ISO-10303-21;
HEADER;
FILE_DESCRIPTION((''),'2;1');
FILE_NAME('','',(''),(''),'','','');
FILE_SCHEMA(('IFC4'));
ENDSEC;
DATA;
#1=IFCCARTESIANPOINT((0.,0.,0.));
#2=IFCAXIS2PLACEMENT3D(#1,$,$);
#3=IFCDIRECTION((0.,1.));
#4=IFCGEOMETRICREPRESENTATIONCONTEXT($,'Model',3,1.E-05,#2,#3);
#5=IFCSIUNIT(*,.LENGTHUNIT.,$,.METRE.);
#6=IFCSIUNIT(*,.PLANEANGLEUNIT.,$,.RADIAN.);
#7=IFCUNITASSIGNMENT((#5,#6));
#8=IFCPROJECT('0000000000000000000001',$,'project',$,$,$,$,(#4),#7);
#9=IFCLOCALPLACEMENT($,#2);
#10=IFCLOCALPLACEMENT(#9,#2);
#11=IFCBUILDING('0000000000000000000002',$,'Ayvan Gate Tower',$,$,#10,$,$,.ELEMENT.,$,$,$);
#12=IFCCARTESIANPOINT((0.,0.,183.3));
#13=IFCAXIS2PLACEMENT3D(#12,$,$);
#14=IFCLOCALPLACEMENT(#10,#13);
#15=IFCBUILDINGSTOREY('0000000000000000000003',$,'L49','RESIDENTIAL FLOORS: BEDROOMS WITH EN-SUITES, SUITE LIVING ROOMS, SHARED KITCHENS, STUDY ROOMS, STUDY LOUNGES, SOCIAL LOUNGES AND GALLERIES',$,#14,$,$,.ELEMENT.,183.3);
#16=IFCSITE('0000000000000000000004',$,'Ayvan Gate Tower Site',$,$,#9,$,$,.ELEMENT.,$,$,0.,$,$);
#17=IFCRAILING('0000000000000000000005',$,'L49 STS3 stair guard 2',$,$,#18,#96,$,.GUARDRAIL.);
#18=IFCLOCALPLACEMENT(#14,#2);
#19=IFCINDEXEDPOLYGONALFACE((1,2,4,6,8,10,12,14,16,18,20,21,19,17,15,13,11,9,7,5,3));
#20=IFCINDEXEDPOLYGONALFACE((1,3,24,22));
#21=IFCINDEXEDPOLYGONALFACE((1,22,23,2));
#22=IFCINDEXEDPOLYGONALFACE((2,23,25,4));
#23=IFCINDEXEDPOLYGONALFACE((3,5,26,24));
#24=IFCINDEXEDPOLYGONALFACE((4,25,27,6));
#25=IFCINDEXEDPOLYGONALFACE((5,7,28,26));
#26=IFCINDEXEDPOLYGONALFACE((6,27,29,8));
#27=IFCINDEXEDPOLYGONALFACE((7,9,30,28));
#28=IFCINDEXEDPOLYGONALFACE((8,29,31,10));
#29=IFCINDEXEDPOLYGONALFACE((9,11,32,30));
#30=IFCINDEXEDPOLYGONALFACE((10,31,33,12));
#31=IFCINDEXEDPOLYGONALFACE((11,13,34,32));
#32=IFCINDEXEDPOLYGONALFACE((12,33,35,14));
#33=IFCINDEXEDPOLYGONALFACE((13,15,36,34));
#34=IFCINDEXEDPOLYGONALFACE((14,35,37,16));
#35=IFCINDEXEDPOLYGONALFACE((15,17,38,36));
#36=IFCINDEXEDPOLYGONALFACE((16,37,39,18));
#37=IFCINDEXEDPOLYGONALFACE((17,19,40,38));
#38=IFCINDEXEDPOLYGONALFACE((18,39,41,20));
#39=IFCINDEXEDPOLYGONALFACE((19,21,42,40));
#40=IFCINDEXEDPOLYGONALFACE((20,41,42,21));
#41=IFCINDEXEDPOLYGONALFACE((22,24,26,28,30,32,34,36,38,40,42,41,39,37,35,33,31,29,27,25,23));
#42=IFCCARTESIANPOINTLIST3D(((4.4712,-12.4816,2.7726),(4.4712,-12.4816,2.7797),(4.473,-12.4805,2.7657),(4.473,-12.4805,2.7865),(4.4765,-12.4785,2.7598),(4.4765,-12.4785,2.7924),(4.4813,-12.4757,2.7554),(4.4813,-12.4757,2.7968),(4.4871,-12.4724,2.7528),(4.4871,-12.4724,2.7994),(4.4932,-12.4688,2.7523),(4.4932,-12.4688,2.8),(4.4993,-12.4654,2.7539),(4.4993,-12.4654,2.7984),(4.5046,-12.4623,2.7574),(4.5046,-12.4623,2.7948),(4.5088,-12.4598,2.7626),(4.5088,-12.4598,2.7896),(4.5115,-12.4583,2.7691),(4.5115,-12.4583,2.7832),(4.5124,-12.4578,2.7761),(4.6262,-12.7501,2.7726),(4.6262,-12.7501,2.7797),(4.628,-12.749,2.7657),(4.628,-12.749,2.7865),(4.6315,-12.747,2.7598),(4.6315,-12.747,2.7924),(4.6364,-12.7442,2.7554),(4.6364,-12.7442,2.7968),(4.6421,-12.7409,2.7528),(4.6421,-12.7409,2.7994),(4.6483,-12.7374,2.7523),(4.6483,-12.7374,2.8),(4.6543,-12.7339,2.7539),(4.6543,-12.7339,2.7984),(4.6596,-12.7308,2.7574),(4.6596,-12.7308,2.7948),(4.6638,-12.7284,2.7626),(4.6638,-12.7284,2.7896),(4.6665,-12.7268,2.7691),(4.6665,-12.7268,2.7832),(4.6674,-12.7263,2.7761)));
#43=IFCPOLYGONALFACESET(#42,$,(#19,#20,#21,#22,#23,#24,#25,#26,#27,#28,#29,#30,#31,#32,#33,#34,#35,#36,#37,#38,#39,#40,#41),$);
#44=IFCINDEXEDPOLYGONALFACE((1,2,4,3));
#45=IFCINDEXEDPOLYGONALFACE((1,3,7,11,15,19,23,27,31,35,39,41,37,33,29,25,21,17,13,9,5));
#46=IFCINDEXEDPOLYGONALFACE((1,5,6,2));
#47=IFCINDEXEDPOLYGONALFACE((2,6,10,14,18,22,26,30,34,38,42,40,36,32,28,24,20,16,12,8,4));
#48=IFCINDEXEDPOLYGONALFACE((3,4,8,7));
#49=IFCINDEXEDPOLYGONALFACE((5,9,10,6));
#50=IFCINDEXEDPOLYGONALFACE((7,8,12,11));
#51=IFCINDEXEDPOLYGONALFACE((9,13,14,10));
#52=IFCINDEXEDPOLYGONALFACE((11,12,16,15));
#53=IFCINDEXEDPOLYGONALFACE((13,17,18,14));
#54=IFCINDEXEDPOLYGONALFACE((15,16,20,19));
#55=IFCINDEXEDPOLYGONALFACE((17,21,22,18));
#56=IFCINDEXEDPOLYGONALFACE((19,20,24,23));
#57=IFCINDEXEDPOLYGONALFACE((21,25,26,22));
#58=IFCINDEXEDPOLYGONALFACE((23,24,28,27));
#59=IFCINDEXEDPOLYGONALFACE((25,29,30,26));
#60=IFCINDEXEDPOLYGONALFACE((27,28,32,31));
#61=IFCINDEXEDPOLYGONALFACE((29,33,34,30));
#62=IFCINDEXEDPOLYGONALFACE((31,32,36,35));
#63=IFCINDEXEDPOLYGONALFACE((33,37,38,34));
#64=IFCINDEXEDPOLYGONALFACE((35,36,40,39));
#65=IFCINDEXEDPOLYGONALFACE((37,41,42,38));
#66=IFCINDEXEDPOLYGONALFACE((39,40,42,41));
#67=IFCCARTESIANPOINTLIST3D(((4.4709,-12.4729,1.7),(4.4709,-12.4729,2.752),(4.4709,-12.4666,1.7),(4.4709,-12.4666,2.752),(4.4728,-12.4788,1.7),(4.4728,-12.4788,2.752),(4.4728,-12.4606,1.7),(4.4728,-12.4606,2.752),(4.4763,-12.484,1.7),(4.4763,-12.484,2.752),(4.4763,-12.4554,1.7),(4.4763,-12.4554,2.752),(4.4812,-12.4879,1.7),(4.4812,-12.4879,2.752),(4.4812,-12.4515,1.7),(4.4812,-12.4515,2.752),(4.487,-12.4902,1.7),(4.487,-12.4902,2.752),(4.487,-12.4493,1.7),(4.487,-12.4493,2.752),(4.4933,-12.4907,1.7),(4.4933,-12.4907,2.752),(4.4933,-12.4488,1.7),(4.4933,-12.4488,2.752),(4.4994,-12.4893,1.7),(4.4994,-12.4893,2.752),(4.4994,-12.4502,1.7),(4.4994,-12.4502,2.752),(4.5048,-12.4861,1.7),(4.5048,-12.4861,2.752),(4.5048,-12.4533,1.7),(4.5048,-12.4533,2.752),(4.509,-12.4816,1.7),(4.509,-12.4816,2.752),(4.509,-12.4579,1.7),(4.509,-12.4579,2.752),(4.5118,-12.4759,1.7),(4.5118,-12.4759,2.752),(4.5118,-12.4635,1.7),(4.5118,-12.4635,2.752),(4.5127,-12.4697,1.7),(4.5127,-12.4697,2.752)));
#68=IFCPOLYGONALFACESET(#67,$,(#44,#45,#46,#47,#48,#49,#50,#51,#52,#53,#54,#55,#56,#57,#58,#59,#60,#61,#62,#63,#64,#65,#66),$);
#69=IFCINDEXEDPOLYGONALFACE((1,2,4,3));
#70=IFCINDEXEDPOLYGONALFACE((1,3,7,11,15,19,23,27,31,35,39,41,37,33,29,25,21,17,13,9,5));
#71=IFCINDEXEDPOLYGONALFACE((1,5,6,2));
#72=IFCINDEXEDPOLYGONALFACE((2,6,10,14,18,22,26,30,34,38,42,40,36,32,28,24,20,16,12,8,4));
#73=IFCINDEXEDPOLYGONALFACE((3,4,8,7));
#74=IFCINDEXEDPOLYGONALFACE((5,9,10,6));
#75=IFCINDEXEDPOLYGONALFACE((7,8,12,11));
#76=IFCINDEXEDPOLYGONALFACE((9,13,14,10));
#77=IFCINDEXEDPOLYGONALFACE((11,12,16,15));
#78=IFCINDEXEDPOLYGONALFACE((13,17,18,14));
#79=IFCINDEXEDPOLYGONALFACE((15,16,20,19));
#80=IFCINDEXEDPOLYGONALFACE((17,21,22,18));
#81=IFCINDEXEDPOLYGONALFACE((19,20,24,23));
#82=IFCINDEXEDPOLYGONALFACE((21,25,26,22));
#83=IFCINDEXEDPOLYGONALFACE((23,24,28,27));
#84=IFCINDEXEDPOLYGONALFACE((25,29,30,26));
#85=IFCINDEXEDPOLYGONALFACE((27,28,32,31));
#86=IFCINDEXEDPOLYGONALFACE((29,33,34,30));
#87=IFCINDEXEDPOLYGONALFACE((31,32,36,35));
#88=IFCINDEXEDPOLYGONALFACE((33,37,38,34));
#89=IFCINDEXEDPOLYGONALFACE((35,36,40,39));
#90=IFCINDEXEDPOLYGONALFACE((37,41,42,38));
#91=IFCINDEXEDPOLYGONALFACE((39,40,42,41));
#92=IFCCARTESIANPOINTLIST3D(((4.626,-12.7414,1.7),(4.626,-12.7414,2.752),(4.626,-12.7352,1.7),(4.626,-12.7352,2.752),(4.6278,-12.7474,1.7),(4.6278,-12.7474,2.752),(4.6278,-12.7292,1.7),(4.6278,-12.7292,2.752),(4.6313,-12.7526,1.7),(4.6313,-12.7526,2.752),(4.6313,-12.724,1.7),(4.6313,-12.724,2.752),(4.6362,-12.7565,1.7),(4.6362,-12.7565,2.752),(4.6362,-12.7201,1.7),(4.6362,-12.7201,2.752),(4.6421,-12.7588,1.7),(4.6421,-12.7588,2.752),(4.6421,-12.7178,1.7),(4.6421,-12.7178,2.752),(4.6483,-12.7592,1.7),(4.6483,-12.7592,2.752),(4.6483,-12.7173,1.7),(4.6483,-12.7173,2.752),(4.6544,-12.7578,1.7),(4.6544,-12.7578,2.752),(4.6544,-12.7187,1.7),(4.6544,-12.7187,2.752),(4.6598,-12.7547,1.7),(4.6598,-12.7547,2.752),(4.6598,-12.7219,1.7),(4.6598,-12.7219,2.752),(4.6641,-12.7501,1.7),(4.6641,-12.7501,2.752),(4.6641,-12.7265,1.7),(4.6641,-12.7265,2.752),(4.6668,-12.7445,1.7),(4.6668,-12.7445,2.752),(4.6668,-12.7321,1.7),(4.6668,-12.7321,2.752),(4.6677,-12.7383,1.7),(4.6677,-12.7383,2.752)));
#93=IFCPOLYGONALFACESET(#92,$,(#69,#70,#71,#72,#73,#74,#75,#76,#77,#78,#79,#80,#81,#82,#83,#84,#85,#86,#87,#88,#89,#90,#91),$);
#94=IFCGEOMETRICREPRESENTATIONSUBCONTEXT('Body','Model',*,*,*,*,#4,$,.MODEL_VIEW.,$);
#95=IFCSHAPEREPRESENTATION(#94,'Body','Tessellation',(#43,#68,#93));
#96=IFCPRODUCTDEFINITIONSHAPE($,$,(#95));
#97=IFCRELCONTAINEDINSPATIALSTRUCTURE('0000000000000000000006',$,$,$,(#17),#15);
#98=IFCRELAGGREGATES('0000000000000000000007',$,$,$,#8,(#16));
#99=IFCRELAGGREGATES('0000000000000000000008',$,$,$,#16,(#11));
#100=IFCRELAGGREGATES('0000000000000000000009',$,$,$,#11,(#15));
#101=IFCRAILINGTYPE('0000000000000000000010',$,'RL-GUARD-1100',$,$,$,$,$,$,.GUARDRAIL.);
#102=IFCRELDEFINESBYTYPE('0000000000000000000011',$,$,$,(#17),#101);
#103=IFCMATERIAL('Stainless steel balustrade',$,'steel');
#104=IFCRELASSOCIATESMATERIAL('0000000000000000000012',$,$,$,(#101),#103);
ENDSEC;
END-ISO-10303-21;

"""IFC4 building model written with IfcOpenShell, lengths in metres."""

from ifc_helpers import new_model, si_unit, direction, frame, origin, origin_2d, place, context, subcontext, project, spatial, circle, extrude, material, type_object, element, save


model = new_model("IFC4")

# Units and contexts
model_context = context("Model", 3, precision=1e-05, world=origin(), true_north=direction((0.0, 1.0)))
body_context = subcontext(model_context, "Body", "Model", "MODEL_VIEW")
ifc_project = project(units=[si_unit("LENGTHUNIT", "METRE"), si_unit("PLANEANGLEUNIT", "RADIAN")], contexts=[model_context])

# Site, building, storey
site_placement = place(None, origin())
site = spatial("IfcSite", under=ifc_project, at=site_placement, Name="Ayvan Gate Tower Site", CompositionType="ELEMENT", RefElevation=0.0)
building_placement = place(site_placement, origin())
building = spatial("IfcBuilding", under=site, at=building_placement, Name="Ayvan Gate Tower", CompositionType="ELEMENT")
storey_placement = place(building_placement, frame((0.0, 0.0, 183.3)))
storey = spatial("IfcBuildingStorey", under=building, at=storey_placement, Name="L49", Description="RESIDENTIAL FLOORS: BEDROOMS WITH EN-SUITES, SUITE LIVING ROOMS, SHARED KITCHENS, STUDY ROOMS, STUDY LOUNGES, SOCIAL LOUNGES AND GALLERIES", CompositionType="ELEMENT", Elevation=183.3)

# Railing
ifc_material_1 = material(Name="Stainless steel balustrade", Category="steel")
railing_type_1 = type_object("IfcRailingType", Name="RL-GUARD-1100", PredefinedType="GUARDRAIL", material=ifc_material_1)
railing_1_placement = place(storey_placement, frame((4.4917, -12.4697, 1.7)))
element("IfcRailing", 1, at=railing_1_placement, inside=storey, type_object=railing_type_1, Name="L49 STS3 stair guard 2", PredefinedType="GUARDRAIL", context=body_context, shape_type="SweptSolid", body=[
    extrude(circle(Radius=0.0239, at=origin_2d()), frame((0.0, 0.0, 1.0762), z_axis=(0.49995, -0.866054, 0.0), x_axis=(0.866054, 0.49995, 0.0)), (0.0, 0.0, 1.0), 0.3101),
    extrude(circle(Radius=0.021, at=origin_2d()), origin(), (0.0, 0.0, 1.0), 1.052),
    extrude(circle(Radius=0.021, at=origin_2d()), frame((0.155, -0.2686, 0.0)), (0.0, 0.0, 1.0), 1.052),
])

save(model, "model.ifc")
